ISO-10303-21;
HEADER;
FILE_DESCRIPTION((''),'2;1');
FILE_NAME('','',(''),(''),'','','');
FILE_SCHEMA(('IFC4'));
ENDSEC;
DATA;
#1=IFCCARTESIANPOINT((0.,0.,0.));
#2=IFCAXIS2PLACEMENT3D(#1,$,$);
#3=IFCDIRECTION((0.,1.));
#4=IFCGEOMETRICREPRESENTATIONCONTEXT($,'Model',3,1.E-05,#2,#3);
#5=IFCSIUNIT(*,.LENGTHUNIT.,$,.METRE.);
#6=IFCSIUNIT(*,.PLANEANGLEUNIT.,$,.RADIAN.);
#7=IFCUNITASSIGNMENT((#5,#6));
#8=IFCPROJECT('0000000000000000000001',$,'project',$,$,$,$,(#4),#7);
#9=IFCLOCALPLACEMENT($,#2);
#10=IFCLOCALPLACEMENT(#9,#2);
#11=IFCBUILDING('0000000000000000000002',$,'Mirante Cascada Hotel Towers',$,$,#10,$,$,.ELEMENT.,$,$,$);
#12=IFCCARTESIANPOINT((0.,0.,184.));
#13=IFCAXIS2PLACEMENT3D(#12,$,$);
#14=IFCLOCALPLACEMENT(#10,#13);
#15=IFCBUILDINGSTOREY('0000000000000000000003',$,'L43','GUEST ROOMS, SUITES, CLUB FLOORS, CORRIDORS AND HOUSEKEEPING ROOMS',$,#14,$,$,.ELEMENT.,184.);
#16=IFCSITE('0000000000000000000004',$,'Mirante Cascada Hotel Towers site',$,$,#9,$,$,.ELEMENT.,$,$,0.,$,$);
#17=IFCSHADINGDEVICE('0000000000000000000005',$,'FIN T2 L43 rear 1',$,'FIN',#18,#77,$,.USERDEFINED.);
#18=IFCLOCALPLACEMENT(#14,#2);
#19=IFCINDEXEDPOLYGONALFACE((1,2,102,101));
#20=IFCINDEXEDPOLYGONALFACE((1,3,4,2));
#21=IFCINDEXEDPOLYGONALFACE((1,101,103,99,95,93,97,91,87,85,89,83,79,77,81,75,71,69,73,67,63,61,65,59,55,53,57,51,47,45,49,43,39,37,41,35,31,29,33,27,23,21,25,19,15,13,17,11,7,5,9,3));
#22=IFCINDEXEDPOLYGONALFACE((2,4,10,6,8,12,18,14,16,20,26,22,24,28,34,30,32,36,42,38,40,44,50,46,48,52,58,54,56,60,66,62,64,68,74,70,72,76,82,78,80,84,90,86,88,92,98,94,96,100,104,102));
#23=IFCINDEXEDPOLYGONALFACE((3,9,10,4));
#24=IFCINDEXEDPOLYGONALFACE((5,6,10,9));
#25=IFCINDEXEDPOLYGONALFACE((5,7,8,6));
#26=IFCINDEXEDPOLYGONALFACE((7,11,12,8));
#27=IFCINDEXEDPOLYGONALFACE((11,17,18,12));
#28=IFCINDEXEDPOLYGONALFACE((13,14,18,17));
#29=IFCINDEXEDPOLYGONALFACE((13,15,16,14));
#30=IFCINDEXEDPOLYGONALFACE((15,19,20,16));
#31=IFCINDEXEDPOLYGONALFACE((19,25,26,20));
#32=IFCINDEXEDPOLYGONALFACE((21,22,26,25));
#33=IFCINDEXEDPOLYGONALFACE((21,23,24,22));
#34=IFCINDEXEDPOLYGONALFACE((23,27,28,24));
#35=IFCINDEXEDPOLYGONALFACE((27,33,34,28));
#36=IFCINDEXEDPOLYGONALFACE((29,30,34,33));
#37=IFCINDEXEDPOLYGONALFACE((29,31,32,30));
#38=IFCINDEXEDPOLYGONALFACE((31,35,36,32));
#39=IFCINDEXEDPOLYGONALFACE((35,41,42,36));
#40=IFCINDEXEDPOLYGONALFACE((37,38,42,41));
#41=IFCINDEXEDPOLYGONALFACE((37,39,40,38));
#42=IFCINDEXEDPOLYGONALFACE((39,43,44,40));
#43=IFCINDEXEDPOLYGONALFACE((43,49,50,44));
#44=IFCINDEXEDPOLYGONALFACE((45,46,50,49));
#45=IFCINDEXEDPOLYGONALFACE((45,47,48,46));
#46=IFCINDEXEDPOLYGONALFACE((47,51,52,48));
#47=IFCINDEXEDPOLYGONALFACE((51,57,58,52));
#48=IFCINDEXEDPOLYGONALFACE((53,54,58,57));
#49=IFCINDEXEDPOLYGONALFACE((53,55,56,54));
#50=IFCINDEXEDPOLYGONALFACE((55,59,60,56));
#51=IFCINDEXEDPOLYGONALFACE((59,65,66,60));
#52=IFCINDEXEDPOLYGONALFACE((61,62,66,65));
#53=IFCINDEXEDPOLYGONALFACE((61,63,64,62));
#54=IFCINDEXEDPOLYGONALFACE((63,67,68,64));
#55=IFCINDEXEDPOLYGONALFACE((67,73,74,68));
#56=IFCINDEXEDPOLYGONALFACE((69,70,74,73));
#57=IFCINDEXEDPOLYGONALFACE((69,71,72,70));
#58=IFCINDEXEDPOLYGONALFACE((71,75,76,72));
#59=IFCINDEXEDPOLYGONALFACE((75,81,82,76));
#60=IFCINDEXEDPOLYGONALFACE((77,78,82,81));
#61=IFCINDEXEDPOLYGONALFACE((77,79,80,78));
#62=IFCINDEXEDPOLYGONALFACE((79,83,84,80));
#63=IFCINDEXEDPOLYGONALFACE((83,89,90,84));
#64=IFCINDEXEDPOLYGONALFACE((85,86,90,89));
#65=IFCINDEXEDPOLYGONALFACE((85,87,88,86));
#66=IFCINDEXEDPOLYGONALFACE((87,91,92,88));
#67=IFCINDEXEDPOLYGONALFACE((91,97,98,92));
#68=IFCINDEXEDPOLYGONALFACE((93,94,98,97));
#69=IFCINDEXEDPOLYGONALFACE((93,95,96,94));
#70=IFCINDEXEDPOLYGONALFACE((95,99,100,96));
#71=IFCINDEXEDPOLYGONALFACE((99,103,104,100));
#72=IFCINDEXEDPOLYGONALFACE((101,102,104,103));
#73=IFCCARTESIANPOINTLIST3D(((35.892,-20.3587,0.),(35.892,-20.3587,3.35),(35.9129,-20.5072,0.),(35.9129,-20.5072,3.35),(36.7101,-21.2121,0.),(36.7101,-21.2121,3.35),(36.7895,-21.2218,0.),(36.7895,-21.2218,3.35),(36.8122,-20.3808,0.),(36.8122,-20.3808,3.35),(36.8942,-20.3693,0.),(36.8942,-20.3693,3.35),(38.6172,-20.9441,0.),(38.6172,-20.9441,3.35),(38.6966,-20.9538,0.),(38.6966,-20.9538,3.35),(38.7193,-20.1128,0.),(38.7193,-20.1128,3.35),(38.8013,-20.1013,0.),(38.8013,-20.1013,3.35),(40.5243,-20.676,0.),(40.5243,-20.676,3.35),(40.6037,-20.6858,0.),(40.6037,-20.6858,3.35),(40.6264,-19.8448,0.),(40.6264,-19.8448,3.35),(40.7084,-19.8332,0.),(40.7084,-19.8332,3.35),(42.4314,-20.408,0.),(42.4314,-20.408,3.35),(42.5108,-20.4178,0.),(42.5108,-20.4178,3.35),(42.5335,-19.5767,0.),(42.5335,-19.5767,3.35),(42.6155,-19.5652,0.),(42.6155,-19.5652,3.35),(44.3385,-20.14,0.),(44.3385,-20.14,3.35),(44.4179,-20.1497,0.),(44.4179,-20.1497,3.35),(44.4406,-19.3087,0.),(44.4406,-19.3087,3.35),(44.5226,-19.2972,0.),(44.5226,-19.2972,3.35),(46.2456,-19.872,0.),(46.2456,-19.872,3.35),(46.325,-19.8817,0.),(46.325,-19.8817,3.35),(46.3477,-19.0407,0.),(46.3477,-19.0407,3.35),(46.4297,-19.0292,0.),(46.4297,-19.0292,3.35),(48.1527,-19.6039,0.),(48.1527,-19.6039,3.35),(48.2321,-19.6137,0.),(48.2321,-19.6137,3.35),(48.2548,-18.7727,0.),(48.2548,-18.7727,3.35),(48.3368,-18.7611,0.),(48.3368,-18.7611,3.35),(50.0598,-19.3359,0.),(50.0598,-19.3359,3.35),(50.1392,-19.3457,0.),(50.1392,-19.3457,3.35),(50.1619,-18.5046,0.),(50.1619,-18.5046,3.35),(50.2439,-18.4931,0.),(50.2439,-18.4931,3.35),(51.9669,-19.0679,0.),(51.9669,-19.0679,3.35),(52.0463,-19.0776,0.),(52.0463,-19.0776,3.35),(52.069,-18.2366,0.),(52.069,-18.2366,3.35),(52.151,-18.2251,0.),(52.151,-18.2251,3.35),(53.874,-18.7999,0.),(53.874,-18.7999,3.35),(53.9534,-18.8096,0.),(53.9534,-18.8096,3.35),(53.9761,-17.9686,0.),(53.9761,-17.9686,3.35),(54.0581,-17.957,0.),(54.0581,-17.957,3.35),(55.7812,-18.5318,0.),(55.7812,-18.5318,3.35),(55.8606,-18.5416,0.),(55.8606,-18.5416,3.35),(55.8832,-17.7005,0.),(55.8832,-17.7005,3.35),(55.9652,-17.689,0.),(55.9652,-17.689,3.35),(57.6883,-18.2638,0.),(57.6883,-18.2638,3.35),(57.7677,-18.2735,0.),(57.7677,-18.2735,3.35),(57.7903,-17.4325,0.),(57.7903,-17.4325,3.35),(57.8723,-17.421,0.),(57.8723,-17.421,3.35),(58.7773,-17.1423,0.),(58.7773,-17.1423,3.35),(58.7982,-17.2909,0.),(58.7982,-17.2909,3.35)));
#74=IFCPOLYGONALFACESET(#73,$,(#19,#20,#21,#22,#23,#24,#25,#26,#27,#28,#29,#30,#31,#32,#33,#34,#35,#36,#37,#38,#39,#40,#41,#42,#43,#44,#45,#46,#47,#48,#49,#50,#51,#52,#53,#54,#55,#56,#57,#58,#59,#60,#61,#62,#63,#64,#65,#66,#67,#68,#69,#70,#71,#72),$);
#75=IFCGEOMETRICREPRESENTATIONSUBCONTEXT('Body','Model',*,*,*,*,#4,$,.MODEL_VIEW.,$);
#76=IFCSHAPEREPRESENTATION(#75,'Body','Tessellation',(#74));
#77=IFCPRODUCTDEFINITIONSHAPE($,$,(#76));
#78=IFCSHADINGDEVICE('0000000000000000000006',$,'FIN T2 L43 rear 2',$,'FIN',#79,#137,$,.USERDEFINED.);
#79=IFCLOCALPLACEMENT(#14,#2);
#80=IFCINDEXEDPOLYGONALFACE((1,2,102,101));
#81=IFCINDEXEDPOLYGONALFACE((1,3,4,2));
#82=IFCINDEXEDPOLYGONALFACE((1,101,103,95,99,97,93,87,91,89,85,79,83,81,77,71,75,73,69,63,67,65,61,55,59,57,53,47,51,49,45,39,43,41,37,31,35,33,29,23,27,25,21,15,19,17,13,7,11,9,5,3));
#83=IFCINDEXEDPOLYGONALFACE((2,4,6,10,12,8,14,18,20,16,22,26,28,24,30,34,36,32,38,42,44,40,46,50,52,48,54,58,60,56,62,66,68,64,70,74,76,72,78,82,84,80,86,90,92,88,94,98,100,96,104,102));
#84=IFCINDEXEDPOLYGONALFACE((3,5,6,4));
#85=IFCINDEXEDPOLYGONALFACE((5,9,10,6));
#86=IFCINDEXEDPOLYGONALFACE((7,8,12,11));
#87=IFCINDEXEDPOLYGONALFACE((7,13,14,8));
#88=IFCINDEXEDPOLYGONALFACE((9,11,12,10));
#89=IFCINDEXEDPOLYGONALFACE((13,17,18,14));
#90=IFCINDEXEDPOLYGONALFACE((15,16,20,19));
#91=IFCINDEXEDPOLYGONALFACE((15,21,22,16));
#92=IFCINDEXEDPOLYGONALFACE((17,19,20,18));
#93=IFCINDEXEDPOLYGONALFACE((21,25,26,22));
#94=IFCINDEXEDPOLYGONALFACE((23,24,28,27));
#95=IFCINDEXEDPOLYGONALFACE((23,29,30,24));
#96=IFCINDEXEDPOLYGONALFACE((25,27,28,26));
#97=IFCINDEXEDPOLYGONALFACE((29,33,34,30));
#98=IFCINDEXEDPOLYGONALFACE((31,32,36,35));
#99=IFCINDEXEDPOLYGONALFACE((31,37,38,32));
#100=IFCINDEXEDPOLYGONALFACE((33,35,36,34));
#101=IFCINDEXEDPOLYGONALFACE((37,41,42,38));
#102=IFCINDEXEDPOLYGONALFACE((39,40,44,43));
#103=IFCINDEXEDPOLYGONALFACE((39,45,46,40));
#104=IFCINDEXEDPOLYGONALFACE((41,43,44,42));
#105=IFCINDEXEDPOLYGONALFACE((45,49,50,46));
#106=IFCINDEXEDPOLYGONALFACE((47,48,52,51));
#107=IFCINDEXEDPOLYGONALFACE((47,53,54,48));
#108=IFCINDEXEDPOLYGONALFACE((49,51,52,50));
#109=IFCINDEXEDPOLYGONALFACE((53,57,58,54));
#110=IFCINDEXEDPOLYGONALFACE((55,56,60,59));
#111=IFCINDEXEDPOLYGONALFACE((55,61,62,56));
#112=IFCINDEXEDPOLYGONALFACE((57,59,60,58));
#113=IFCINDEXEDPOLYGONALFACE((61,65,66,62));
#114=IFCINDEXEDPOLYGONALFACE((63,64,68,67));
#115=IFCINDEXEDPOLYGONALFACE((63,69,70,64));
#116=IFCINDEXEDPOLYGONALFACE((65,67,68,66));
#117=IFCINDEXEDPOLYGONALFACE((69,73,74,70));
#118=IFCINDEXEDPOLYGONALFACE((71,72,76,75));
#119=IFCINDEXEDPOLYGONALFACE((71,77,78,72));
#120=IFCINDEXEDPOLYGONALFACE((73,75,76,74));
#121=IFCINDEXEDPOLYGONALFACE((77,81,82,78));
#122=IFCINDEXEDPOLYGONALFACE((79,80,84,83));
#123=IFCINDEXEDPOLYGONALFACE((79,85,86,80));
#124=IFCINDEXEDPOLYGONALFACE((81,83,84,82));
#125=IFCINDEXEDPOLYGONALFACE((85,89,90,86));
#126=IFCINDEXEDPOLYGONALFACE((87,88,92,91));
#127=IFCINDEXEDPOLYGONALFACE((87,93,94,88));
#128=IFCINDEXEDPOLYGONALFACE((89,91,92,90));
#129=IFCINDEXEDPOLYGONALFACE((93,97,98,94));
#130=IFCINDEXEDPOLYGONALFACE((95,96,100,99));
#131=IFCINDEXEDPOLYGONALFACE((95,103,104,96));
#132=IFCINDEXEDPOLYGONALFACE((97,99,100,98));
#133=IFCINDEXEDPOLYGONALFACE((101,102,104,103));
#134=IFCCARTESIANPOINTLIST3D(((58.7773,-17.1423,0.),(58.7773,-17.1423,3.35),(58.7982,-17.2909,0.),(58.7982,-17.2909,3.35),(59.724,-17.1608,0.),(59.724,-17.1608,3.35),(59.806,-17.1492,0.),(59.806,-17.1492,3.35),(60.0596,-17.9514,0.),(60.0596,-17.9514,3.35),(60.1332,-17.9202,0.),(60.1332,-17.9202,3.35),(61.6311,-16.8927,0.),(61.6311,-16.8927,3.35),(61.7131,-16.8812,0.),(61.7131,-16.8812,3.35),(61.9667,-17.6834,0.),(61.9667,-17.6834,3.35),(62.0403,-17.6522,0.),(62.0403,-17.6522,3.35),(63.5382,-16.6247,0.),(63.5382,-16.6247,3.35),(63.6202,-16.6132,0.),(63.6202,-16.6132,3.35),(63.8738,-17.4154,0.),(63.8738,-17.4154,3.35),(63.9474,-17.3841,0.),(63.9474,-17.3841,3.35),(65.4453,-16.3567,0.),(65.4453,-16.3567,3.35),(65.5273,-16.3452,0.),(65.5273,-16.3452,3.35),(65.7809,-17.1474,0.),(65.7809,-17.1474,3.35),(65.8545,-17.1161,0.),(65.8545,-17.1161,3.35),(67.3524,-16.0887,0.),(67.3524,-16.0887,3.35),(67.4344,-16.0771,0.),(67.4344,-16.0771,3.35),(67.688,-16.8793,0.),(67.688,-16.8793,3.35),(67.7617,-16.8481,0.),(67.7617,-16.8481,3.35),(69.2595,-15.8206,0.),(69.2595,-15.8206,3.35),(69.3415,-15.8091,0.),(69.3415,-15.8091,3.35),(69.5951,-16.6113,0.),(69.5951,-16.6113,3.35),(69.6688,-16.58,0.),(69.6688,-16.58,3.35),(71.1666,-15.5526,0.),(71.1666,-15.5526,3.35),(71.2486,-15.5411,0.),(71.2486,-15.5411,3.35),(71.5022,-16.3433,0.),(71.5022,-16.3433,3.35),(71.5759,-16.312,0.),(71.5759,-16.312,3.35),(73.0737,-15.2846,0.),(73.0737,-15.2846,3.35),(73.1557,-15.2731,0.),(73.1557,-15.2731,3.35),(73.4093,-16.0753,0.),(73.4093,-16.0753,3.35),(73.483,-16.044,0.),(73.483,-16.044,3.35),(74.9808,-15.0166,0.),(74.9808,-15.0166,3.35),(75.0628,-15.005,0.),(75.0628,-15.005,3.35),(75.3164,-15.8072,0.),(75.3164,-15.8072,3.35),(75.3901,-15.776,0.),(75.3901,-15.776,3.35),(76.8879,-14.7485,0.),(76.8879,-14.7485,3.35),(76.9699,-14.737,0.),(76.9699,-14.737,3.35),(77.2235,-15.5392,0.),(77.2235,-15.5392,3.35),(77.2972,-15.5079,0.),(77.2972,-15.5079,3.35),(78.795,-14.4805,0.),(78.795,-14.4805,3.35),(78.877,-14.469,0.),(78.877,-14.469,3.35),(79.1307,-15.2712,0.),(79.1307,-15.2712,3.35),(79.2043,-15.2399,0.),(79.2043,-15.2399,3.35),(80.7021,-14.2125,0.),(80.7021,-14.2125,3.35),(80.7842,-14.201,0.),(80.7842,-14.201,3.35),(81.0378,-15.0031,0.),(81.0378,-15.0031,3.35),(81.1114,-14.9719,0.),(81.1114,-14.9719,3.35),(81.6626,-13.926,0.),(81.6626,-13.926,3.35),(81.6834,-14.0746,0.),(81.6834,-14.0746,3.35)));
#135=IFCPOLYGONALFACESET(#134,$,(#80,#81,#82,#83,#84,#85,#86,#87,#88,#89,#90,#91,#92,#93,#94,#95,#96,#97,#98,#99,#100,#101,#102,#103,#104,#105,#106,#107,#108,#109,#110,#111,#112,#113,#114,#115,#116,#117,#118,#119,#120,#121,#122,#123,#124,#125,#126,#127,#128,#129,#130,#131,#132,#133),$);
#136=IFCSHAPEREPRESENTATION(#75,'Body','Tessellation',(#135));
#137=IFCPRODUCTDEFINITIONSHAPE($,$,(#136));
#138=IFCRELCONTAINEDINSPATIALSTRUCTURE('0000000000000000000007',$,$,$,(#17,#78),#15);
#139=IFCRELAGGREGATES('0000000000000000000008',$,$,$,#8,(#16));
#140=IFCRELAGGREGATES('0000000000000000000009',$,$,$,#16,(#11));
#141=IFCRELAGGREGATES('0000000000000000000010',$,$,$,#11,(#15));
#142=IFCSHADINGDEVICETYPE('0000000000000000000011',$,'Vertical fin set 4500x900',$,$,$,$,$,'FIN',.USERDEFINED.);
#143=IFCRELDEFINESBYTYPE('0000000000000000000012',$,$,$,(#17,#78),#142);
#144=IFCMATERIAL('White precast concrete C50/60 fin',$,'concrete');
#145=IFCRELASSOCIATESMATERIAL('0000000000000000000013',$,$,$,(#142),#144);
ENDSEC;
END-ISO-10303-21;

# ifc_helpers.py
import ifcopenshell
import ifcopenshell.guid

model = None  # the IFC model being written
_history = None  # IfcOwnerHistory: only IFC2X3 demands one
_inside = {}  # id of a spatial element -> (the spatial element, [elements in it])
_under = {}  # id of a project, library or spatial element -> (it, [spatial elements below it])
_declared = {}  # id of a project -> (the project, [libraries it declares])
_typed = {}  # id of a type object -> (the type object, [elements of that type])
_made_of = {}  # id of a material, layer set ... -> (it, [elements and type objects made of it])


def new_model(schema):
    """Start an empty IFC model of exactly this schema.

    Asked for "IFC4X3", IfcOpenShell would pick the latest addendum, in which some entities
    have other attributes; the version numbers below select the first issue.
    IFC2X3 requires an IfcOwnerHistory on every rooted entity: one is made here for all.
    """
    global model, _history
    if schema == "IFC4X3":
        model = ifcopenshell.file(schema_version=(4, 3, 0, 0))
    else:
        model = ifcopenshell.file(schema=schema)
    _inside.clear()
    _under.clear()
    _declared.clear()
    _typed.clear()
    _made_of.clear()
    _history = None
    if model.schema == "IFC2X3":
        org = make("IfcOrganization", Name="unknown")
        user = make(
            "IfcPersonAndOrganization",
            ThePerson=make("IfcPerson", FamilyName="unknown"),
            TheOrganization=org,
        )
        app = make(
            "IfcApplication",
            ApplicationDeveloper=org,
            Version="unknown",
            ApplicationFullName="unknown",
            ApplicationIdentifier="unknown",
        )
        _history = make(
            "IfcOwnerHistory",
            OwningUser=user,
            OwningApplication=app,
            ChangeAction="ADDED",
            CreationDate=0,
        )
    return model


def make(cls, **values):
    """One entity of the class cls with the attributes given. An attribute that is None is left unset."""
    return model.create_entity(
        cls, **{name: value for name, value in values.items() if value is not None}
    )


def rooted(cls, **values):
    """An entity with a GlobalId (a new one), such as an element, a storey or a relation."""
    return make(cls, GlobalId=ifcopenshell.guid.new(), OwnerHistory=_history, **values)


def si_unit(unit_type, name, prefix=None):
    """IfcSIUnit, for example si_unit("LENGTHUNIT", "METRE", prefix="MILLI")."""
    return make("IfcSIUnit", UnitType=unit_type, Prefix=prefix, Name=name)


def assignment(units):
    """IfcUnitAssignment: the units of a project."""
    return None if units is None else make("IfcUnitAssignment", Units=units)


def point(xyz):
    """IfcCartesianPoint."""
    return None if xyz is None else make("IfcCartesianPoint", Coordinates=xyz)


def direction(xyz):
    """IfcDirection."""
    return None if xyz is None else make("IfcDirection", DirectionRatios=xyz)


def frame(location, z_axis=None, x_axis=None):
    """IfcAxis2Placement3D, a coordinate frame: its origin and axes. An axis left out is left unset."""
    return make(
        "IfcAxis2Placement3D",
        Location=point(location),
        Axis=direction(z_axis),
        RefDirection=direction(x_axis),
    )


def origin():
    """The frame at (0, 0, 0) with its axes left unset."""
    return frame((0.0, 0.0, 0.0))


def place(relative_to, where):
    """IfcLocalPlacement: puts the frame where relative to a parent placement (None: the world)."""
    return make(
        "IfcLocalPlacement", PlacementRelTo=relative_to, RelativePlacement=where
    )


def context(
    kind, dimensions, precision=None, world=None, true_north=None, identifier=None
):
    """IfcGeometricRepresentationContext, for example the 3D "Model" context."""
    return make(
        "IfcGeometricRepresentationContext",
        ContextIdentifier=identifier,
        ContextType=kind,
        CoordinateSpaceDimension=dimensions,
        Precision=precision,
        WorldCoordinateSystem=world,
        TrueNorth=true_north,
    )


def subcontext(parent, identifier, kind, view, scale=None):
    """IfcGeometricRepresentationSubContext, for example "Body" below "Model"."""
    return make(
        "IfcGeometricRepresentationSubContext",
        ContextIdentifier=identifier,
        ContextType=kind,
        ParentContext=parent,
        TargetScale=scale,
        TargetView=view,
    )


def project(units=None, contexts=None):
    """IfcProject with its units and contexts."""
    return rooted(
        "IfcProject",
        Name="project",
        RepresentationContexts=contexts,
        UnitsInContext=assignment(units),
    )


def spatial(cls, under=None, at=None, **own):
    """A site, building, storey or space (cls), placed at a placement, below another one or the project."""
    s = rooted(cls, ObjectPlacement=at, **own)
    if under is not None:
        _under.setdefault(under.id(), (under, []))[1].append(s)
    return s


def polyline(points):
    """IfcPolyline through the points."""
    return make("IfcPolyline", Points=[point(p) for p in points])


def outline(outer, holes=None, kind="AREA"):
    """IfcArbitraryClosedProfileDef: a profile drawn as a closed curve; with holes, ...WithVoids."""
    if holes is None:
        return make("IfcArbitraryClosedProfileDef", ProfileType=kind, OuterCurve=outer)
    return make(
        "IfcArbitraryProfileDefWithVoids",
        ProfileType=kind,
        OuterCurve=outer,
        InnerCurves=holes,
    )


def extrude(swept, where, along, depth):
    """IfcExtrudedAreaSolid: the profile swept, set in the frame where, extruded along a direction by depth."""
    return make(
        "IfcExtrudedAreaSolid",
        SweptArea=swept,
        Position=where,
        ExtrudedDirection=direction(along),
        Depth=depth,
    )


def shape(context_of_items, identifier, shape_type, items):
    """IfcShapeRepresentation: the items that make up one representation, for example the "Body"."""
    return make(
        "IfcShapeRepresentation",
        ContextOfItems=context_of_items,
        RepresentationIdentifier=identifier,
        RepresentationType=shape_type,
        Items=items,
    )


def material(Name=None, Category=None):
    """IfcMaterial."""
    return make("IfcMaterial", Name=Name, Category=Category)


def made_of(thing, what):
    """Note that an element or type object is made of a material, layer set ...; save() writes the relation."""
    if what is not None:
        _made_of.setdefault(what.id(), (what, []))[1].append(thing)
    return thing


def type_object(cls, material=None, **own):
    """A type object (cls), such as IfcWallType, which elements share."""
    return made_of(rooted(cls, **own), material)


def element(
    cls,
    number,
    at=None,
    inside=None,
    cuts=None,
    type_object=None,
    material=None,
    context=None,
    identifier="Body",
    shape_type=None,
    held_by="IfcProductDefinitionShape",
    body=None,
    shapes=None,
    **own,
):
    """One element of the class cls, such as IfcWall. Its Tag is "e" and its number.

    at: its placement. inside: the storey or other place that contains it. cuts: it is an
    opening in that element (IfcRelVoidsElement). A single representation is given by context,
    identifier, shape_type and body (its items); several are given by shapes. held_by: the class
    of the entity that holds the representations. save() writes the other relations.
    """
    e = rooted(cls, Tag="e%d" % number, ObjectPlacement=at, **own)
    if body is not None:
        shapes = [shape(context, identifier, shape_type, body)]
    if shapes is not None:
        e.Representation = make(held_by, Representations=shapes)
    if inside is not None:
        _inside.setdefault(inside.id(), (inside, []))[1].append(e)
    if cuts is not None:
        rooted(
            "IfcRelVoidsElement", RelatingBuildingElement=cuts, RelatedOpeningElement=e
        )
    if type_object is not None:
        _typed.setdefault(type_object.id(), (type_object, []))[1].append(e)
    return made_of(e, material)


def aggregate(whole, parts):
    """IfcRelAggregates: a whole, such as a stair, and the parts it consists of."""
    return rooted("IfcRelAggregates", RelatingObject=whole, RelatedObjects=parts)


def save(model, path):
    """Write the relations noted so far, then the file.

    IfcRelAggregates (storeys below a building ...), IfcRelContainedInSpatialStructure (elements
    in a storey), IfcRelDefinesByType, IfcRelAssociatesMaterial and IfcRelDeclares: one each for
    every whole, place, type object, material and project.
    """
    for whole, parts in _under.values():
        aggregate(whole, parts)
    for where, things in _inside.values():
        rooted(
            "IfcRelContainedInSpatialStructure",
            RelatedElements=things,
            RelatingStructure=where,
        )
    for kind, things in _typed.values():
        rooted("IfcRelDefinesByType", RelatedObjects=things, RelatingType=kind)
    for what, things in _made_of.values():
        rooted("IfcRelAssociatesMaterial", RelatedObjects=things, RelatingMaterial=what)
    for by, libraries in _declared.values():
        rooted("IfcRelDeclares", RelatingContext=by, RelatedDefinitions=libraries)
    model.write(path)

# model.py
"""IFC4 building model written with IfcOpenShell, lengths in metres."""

from ifc_helpers import new_model, si_unit, direction, frame, origin, place, context, subcontext, project, spatial, polyline, outline, extrude, material, type_object, element, save


model = new_model("IFC4")

# Units and contexts
model_context = context("Model", 3, precision=1e-05, world=origin(), true_north=direction((0.0, 1.0)))
body_context = subcontext(model_context, "Body", "Model", "MODEL_VIEW")
ifc_project = project(units=[si_unit("LENGTHUNIT", "METRE"), si_unit("PLANEANGLEUNIT", "RADIAN")], contexts=[model_context])

# Site, building, storey
site_placement = place(None, origin())
site = spatial("IfcSite", under=ifc_project, at=site_placement, Name="Mirante Cascada Hotel Towers site", CompositionType="ELEMENT", RefElevation=0.0)
building_placement = place(site_placement, origin())
building = spatial("IfcBuilding", under=site, at=building_placement, Name="Mirante Cascada Hotel Towers", CompositionType="ELEMENT")
storey_placement = place(building_placement, frame((0.0, 0.0, 184.0)))
storey = spatial("IfcBuildingStorey", under=building, at=storey_placement, Name="L43", Description="GUEST ROOMS, SUITES, CLUB FLOORS, CORRIDORS AND HOUSEKEEPING ROOMS", CompositionType="ELEMENT", Elevation=184.0)

# Shading devices
ifc_material_1 = material(Name="White precast concrete C50/60 fin", Category="concrete")
shading_device_type = type_object("IfcShadingDeviceType", Name="Vertical fin set 4500x900", ElementType="FIN", PredefinedType="USERDEFINED", material=ifc_material_1)
shading_device_1_placement = place(storey_placement, origin())
element("IfcShadingDevice", 1, at=shading_device_1_placement, inside=storey, type_object=shading_device_type, Name="FIN T2 L43 rear 1", ObjectType="FIN", PredefinedType="USERDEFINED", context=body_context, shape_type="SweptSolid", body=[
    extrude(outline(polyline([(36.7101, -21.2121), (36.8122, -20.3808), (35.9129, -20.5072), (35.892, -20.3587), (58.7773, -17.1423), (58.7982, -17.2909), (57.8723, -17.421), (57.7677, -18.2735), (57.6883, -18.2638), (57.7903, -17.4325), (55.9652, -17.689), (55.8606, -18.5416), (55.7812, -18.5318), (55.8832, -17.7005), (54.0581, -17.957), (53.9534, -18.8096), (53.874, -18.7999), (53.9761, -17.9686), (52.151, -18.2251), (52.0463, -19.0776), (51.9669, -19.0679), (52.069, -18.2366), (50.2439, -18.4931), (50.1392, -19.3457), (50.0598, -19.3359), (50.1619, -18.5046), (48.3368, -18.7611), (48.2321, -19.6137), (48.1527, -19.6039), (48.2548, -18.7727), (46.4297, -19.0292), (46.325, -19.8817), (46.2456, -19.872), (46.3477, -19.0407), (44.5226, -19.2972), (44.4179, -20.1497), (44.3385, -20.14), (44.4406, -19.3087), (42.6155, -19.5652), (42.5108, -20.4178), (42.4314, -20.408), (42.5335, -19.5767), (40.7084, -19.8332), (40.6037, -20.6858), (40.5243, -20.676), (40.6264, -19.8448), (38.8013, -20.1013), (38.6966, -20.9538), (38.6172, -20.9441), (38.7193, -20.1128), (36.8942, -20.3693), (36.7895, -21.2218), (36.7101, -21.2121)])), origin(), (0.0, 0.0, 1.0), 3.35),
])
shading_device_2_placement = place(storey_placement, origin())
element("IfcShadingDevice", 2, at=shading_device_2_placement, inside=storey, type_object=shading_device_type, Name="FIN T2 L43 rear 2", ObjectType="FIN", PredefinedType="USERDEFINED", context=body_context, shape_type="SweptSolid", body=[
    extrude(outline(polyline([(60.0596, -17.9514), (59.724, -17.1608), (58.7982, -17.2909), (58.7773, -17.1423), (81.6626, -13.926), (81.6834, -14.0746), (80.7842, -14.201), (81.1114, -14.9719), (81.0378, -15.0031), (80.7021, -14.2125), (78.877, -14.469), (79.2043, -15.2399), (79.1307, -15.2712), (78.795, -14.4805), (76.9699, -14.737), (77.2972, -15.5079), (77.2235, -15.5392), (76.8879, -14.7485), (75.0628, -15.005), (75.3901, -15.776), (75.3164, -15.8072), (74.9808, -15.0166), (73.1557, -15.2731), (73.483, -16.044), (73.4093, -16.0753), (73.0737, -15.2846), (71.2486, -15.5411), (71.5759, -16.312), (71.5022, -16.3433), (71.1666, -15.5526), (69.3415, -15.8091), (69.6688, -16.58), (69.5951, -16.6113), (69.2595, -15.8206), (67.4344, -16.0771), (67.7617, -16.8481), (67.688, -16.8793), (67.3524, -16.0887), (65.5273, -16.3452), (65.8545, -17.1161), (65.7809, -17.1474), (65.4453, -16.3567), (63.6202, -16.6132), (63.9474, -17.3841), (63.8738, -17.4154), (63.5382, -16.6247), (61.7131, -16.8812), (62.0403, -17.6522), (61.9667, -17.6834), (61.6311, -16.8927), (59.806, -17.1492), (60.1332, -17.9202), (60.0596, -17.9514)])), origin(), (0.0, 0.0, 1.0), 3.35),
])

save(model, "model.ifc")
